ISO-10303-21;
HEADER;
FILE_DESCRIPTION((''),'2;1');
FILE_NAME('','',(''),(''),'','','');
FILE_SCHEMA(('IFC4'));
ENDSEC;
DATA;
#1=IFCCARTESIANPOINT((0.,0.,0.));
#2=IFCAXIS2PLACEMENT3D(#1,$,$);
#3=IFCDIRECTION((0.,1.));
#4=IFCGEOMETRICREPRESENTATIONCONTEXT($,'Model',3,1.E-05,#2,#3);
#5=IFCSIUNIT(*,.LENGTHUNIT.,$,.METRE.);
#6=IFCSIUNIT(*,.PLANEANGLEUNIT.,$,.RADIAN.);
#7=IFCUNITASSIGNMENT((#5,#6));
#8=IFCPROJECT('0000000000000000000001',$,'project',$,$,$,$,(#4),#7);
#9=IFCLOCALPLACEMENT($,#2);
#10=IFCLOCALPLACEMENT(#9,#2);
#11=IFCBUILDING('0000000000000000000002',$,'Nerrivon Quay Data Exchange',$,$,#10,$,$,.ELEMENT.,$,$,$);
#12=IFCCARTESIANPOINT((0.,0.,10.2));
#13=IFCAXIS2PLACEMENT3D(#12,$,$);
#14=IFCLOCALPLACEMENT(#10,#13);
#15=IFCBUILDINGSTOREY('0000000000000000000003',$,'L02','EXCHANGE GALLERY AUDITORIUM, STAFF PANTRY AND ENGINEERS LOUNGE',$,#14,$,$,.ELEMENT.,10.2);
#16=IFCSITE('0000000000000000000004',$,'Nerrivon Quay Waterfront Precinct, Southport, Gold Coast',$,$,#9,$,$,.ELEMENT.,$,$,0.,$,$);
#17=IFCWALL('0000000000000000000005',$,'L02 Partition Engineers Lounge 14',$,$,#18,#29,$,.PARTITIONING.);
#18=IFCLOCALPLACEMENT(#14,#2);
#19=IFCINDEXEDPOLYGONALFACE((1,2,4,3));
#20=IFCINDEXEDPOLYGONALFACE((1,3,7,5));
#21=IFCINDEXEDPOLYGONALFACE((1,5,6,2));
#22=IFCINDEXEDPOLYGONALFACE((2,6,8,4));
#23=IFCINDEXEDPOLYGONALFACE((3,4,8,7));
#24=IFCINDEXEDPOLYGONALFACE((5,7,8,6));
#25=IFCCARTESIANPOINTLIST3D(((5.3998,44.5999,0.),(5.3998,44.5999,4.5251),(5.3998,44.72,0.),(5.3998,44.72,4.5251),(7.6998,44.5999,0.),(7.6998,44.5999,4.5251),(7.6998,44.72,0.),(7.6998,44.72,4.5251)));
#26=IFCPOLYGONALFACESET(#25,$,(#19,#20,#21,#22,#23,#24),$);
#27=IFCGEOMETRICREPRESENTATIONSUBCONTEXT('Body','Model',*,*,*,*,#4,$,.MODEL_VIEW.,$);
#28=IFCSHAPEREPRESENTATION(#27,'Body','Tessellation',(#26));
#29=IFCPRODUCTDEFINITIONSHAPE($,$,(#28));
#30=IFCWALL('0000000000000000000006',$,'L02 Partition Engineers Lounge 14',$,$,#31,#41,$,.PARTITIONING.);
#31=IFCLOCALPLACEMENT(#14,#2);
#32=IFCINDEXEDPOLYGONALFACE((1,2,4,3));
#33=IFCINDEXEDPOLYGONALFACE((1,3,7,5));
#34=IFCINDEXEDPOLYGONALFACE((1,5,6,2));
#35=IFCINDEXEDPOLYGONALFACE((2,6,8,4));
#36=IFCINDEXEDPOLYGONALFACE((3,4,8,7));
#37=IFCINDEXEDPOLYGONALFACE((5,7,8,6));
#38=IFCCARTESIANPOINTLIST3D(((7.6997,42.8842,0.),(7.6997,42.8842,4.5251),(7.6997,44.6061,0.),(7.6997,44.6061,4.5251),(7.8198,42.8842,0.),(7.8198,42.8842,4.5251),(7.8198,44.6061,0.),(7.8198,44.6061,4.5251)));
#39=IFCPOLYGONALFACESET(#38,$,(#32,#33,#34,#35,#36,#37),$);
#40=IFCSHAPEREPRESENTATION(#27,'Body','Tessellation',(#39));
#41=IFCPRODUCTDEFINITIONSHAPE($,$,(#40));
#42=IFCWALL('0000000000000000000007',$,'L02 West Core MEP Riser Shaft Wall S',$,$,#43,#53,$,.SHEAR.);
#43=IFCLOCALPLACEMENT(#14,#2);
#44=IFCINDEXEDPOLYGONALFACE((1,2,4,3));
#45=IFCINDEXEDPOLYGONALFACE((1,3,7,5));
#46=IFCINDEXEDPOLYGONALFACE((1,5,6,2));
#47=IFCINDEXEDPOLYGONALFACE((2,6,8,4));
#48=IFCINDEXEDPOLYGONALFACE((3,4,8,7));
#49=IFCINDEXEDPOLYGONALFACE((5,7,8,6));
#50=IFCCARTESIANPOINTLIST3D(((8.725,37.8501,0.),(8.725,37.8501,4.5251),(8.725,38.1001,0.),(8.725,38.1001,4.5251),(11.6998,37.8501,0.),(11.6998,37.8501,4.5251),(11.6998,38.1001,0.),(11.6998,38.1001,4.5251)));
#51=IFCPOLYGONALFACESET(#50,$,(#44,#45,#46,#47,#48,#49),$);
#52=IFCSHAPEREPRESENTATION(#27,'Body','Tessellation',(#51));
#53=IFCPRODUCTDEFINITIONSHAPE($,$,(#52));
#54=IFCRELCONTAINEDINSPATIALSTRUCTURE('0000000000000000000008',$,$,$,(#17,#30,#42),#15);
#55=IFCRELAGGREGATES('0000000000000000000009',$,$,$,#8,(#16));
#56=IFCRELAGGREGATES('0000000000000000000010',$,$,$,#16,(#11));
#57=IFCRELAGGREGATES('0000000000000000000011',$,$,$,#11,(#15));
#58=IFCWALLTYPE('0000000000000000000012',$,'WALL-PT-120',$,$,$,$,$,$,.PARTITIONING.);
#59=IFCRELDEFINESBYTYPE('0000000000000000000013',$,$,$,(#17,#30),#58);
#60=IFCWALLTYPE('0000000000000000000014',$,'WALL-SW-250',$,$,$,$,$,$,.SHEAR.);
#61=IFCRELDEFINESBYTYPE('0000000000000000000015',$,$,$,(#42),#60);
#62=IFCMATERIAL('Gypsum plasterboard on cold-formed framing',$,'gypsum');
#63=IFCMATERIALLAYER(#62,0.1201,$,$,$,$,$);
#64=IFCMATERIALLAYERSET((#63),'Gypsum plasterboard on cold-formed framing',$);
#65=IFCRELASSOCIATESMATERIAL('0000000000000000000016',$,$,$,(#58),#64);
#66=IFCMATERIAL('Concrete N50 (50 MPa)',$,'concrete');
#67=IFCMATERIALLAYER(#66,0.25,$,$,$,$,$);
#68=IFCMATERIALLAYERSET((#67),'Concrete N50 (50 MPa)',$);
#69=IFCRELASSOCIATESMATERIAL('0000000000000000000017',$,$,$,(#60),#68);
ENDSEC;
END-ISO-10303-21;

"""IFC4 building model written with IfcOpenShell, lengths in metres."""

from ifc_helpers import new_model, si_unit, direction, frame, frame_2d, origin, place, context, subcontext, project, spatial, rectangle, extrude, material, layer, layer_set, type_object, element, save


model = new_model("IFC4")

# Units and contexts
model_context = context("Model", 3, precision=1e-05, world=origin(), true_north=direction((0.0, 1.0)))
body_context = subcontext(model_context, "Body", "Model", "MODEL_VIEW")
ifc_project = project(units=[si_unit("LENGTHUNIT", "METRE"), si_unit("PLANEANGLEUNIT", "RADIAN")], contexts=[model_context])

# Site, building, storey
site_placement = place(None, origin())
site = spatial("IfcSite", under=ifc_project, at=site_placement, Name="Nerrivon Quay Waterfront Precinct, Southport, Gold Coast", CompositionType="ELEMENT", RefElevation=0.0)
building_placement = place(site_placement, origin())
building = spatial("IfcBuilding", under=site, at=building_placement, Name="Nerrivon Quay Data Exchange", CompositionType="ELEMENT")
storey_placement = place(building_placement, frame((0.0, 0.0, 10.2)))
storey = spatial("IfcBuildingStorey", under=building, at=storey_placement, Name="L02", Description="EXCHANGE GALLERY AUDITORIUM, STAFF PANTRY AND ENGINEERS LOUNGE", CompositionType="ELEMENT", Elevation=10.2)

# Walls
ifc_material_1 = material(Name="Gypsum plasterboard on cold-formed framing", Category="gypsum")
ifc_layer_1 = layer(ifc_material_1, 0.1201)
ifc_layer_set_1 = layer_set([ifc_layer_1], Name="Gypsum plasterboard on cold-formed framing")
wall_type_1 = type_object("IfcWallType", Name="WALL-PT-120", PredefinedType="PARTITIONING", material=ifc_layer_set_1)
wall_1_placement = place(storey_placement, frame((5.3999, 44.6599, 0.0), z_axis=(0.0, 0.0, 1.0), x_axis=(1.0, 0.0, 0.0)))
element("IfcWall", 1, at=wall_1_placement, inside=storey, type_object=wall_type_1, Name="L02 Partition Engineers Lounge 14", PredefinedType="PARTITIONING", context=body_context, shape_type="SweptSolid", body=[
    extrude(rectangle(XDim=2.3, YDim=0.1201, at=frame_2d((1.1499, 0.0))), origin(), (0.0, 0.0, 1.0), 4.5251),
])
wall_2_placement = place(storey_placement, frame((7.7598, 44.606, 0.0), z_axis=(0.0, 0.0, 1.0), x_axis=(0.0, -1.0, 0.0)))
element("IfcWall", 2, at=wall_2_placement, inside=storey, type_object=wall_type_1, Name="L02 Partition Engineers Lounge 14", PredefinedType="PARTITIONING", context=body_context, shape_type="SweptSolid", body=[
    extrude(rectangle(XDim=1.7219, YDim=0.1201, at=frame_2d((0.8608, 0.0))), origin(), (0.0, 0.0, 1.0), 4.5251),
])
ifc_material_2 = material(Name="Concrete N50 (50 MPa)", Category="concrete")
ifc_layer_2 = layer(ifc_material_2, 0.25)
ifc_layer_set_2 = layer_set([ifc_layer_2], Name="Concrete N50 (50 MPa)")
wall_type_2 = type_object("IfcWallType", Name="WALL-SW-250", PredefinedType="SHEAR", material=ifc_layer_set_2)
wall_3_placement = place(storey_placement, frame((8.7251, 37.9751, 0.0), z_axis=(0.0, 0.0, 1.0), x_axis=(1.0, 0.0, 0.0)))
element("IfcWall", 3, at=wall_3_placement, inside=storey, type_object=wall_type_2, Name="L02 West Core MEP Riser Shaft Wall S", PredefinedType="SHEAR", context=body_context, shape_type="SweptSolid", body=[
    extrude(rectangle(XDim=2.9749, YDim=0.25, at=frame_2d((1.4873, 0.0))), origin(), (0.0, 0.0, 1.0), 4.5251),
])

save(model, "model.ifc")
